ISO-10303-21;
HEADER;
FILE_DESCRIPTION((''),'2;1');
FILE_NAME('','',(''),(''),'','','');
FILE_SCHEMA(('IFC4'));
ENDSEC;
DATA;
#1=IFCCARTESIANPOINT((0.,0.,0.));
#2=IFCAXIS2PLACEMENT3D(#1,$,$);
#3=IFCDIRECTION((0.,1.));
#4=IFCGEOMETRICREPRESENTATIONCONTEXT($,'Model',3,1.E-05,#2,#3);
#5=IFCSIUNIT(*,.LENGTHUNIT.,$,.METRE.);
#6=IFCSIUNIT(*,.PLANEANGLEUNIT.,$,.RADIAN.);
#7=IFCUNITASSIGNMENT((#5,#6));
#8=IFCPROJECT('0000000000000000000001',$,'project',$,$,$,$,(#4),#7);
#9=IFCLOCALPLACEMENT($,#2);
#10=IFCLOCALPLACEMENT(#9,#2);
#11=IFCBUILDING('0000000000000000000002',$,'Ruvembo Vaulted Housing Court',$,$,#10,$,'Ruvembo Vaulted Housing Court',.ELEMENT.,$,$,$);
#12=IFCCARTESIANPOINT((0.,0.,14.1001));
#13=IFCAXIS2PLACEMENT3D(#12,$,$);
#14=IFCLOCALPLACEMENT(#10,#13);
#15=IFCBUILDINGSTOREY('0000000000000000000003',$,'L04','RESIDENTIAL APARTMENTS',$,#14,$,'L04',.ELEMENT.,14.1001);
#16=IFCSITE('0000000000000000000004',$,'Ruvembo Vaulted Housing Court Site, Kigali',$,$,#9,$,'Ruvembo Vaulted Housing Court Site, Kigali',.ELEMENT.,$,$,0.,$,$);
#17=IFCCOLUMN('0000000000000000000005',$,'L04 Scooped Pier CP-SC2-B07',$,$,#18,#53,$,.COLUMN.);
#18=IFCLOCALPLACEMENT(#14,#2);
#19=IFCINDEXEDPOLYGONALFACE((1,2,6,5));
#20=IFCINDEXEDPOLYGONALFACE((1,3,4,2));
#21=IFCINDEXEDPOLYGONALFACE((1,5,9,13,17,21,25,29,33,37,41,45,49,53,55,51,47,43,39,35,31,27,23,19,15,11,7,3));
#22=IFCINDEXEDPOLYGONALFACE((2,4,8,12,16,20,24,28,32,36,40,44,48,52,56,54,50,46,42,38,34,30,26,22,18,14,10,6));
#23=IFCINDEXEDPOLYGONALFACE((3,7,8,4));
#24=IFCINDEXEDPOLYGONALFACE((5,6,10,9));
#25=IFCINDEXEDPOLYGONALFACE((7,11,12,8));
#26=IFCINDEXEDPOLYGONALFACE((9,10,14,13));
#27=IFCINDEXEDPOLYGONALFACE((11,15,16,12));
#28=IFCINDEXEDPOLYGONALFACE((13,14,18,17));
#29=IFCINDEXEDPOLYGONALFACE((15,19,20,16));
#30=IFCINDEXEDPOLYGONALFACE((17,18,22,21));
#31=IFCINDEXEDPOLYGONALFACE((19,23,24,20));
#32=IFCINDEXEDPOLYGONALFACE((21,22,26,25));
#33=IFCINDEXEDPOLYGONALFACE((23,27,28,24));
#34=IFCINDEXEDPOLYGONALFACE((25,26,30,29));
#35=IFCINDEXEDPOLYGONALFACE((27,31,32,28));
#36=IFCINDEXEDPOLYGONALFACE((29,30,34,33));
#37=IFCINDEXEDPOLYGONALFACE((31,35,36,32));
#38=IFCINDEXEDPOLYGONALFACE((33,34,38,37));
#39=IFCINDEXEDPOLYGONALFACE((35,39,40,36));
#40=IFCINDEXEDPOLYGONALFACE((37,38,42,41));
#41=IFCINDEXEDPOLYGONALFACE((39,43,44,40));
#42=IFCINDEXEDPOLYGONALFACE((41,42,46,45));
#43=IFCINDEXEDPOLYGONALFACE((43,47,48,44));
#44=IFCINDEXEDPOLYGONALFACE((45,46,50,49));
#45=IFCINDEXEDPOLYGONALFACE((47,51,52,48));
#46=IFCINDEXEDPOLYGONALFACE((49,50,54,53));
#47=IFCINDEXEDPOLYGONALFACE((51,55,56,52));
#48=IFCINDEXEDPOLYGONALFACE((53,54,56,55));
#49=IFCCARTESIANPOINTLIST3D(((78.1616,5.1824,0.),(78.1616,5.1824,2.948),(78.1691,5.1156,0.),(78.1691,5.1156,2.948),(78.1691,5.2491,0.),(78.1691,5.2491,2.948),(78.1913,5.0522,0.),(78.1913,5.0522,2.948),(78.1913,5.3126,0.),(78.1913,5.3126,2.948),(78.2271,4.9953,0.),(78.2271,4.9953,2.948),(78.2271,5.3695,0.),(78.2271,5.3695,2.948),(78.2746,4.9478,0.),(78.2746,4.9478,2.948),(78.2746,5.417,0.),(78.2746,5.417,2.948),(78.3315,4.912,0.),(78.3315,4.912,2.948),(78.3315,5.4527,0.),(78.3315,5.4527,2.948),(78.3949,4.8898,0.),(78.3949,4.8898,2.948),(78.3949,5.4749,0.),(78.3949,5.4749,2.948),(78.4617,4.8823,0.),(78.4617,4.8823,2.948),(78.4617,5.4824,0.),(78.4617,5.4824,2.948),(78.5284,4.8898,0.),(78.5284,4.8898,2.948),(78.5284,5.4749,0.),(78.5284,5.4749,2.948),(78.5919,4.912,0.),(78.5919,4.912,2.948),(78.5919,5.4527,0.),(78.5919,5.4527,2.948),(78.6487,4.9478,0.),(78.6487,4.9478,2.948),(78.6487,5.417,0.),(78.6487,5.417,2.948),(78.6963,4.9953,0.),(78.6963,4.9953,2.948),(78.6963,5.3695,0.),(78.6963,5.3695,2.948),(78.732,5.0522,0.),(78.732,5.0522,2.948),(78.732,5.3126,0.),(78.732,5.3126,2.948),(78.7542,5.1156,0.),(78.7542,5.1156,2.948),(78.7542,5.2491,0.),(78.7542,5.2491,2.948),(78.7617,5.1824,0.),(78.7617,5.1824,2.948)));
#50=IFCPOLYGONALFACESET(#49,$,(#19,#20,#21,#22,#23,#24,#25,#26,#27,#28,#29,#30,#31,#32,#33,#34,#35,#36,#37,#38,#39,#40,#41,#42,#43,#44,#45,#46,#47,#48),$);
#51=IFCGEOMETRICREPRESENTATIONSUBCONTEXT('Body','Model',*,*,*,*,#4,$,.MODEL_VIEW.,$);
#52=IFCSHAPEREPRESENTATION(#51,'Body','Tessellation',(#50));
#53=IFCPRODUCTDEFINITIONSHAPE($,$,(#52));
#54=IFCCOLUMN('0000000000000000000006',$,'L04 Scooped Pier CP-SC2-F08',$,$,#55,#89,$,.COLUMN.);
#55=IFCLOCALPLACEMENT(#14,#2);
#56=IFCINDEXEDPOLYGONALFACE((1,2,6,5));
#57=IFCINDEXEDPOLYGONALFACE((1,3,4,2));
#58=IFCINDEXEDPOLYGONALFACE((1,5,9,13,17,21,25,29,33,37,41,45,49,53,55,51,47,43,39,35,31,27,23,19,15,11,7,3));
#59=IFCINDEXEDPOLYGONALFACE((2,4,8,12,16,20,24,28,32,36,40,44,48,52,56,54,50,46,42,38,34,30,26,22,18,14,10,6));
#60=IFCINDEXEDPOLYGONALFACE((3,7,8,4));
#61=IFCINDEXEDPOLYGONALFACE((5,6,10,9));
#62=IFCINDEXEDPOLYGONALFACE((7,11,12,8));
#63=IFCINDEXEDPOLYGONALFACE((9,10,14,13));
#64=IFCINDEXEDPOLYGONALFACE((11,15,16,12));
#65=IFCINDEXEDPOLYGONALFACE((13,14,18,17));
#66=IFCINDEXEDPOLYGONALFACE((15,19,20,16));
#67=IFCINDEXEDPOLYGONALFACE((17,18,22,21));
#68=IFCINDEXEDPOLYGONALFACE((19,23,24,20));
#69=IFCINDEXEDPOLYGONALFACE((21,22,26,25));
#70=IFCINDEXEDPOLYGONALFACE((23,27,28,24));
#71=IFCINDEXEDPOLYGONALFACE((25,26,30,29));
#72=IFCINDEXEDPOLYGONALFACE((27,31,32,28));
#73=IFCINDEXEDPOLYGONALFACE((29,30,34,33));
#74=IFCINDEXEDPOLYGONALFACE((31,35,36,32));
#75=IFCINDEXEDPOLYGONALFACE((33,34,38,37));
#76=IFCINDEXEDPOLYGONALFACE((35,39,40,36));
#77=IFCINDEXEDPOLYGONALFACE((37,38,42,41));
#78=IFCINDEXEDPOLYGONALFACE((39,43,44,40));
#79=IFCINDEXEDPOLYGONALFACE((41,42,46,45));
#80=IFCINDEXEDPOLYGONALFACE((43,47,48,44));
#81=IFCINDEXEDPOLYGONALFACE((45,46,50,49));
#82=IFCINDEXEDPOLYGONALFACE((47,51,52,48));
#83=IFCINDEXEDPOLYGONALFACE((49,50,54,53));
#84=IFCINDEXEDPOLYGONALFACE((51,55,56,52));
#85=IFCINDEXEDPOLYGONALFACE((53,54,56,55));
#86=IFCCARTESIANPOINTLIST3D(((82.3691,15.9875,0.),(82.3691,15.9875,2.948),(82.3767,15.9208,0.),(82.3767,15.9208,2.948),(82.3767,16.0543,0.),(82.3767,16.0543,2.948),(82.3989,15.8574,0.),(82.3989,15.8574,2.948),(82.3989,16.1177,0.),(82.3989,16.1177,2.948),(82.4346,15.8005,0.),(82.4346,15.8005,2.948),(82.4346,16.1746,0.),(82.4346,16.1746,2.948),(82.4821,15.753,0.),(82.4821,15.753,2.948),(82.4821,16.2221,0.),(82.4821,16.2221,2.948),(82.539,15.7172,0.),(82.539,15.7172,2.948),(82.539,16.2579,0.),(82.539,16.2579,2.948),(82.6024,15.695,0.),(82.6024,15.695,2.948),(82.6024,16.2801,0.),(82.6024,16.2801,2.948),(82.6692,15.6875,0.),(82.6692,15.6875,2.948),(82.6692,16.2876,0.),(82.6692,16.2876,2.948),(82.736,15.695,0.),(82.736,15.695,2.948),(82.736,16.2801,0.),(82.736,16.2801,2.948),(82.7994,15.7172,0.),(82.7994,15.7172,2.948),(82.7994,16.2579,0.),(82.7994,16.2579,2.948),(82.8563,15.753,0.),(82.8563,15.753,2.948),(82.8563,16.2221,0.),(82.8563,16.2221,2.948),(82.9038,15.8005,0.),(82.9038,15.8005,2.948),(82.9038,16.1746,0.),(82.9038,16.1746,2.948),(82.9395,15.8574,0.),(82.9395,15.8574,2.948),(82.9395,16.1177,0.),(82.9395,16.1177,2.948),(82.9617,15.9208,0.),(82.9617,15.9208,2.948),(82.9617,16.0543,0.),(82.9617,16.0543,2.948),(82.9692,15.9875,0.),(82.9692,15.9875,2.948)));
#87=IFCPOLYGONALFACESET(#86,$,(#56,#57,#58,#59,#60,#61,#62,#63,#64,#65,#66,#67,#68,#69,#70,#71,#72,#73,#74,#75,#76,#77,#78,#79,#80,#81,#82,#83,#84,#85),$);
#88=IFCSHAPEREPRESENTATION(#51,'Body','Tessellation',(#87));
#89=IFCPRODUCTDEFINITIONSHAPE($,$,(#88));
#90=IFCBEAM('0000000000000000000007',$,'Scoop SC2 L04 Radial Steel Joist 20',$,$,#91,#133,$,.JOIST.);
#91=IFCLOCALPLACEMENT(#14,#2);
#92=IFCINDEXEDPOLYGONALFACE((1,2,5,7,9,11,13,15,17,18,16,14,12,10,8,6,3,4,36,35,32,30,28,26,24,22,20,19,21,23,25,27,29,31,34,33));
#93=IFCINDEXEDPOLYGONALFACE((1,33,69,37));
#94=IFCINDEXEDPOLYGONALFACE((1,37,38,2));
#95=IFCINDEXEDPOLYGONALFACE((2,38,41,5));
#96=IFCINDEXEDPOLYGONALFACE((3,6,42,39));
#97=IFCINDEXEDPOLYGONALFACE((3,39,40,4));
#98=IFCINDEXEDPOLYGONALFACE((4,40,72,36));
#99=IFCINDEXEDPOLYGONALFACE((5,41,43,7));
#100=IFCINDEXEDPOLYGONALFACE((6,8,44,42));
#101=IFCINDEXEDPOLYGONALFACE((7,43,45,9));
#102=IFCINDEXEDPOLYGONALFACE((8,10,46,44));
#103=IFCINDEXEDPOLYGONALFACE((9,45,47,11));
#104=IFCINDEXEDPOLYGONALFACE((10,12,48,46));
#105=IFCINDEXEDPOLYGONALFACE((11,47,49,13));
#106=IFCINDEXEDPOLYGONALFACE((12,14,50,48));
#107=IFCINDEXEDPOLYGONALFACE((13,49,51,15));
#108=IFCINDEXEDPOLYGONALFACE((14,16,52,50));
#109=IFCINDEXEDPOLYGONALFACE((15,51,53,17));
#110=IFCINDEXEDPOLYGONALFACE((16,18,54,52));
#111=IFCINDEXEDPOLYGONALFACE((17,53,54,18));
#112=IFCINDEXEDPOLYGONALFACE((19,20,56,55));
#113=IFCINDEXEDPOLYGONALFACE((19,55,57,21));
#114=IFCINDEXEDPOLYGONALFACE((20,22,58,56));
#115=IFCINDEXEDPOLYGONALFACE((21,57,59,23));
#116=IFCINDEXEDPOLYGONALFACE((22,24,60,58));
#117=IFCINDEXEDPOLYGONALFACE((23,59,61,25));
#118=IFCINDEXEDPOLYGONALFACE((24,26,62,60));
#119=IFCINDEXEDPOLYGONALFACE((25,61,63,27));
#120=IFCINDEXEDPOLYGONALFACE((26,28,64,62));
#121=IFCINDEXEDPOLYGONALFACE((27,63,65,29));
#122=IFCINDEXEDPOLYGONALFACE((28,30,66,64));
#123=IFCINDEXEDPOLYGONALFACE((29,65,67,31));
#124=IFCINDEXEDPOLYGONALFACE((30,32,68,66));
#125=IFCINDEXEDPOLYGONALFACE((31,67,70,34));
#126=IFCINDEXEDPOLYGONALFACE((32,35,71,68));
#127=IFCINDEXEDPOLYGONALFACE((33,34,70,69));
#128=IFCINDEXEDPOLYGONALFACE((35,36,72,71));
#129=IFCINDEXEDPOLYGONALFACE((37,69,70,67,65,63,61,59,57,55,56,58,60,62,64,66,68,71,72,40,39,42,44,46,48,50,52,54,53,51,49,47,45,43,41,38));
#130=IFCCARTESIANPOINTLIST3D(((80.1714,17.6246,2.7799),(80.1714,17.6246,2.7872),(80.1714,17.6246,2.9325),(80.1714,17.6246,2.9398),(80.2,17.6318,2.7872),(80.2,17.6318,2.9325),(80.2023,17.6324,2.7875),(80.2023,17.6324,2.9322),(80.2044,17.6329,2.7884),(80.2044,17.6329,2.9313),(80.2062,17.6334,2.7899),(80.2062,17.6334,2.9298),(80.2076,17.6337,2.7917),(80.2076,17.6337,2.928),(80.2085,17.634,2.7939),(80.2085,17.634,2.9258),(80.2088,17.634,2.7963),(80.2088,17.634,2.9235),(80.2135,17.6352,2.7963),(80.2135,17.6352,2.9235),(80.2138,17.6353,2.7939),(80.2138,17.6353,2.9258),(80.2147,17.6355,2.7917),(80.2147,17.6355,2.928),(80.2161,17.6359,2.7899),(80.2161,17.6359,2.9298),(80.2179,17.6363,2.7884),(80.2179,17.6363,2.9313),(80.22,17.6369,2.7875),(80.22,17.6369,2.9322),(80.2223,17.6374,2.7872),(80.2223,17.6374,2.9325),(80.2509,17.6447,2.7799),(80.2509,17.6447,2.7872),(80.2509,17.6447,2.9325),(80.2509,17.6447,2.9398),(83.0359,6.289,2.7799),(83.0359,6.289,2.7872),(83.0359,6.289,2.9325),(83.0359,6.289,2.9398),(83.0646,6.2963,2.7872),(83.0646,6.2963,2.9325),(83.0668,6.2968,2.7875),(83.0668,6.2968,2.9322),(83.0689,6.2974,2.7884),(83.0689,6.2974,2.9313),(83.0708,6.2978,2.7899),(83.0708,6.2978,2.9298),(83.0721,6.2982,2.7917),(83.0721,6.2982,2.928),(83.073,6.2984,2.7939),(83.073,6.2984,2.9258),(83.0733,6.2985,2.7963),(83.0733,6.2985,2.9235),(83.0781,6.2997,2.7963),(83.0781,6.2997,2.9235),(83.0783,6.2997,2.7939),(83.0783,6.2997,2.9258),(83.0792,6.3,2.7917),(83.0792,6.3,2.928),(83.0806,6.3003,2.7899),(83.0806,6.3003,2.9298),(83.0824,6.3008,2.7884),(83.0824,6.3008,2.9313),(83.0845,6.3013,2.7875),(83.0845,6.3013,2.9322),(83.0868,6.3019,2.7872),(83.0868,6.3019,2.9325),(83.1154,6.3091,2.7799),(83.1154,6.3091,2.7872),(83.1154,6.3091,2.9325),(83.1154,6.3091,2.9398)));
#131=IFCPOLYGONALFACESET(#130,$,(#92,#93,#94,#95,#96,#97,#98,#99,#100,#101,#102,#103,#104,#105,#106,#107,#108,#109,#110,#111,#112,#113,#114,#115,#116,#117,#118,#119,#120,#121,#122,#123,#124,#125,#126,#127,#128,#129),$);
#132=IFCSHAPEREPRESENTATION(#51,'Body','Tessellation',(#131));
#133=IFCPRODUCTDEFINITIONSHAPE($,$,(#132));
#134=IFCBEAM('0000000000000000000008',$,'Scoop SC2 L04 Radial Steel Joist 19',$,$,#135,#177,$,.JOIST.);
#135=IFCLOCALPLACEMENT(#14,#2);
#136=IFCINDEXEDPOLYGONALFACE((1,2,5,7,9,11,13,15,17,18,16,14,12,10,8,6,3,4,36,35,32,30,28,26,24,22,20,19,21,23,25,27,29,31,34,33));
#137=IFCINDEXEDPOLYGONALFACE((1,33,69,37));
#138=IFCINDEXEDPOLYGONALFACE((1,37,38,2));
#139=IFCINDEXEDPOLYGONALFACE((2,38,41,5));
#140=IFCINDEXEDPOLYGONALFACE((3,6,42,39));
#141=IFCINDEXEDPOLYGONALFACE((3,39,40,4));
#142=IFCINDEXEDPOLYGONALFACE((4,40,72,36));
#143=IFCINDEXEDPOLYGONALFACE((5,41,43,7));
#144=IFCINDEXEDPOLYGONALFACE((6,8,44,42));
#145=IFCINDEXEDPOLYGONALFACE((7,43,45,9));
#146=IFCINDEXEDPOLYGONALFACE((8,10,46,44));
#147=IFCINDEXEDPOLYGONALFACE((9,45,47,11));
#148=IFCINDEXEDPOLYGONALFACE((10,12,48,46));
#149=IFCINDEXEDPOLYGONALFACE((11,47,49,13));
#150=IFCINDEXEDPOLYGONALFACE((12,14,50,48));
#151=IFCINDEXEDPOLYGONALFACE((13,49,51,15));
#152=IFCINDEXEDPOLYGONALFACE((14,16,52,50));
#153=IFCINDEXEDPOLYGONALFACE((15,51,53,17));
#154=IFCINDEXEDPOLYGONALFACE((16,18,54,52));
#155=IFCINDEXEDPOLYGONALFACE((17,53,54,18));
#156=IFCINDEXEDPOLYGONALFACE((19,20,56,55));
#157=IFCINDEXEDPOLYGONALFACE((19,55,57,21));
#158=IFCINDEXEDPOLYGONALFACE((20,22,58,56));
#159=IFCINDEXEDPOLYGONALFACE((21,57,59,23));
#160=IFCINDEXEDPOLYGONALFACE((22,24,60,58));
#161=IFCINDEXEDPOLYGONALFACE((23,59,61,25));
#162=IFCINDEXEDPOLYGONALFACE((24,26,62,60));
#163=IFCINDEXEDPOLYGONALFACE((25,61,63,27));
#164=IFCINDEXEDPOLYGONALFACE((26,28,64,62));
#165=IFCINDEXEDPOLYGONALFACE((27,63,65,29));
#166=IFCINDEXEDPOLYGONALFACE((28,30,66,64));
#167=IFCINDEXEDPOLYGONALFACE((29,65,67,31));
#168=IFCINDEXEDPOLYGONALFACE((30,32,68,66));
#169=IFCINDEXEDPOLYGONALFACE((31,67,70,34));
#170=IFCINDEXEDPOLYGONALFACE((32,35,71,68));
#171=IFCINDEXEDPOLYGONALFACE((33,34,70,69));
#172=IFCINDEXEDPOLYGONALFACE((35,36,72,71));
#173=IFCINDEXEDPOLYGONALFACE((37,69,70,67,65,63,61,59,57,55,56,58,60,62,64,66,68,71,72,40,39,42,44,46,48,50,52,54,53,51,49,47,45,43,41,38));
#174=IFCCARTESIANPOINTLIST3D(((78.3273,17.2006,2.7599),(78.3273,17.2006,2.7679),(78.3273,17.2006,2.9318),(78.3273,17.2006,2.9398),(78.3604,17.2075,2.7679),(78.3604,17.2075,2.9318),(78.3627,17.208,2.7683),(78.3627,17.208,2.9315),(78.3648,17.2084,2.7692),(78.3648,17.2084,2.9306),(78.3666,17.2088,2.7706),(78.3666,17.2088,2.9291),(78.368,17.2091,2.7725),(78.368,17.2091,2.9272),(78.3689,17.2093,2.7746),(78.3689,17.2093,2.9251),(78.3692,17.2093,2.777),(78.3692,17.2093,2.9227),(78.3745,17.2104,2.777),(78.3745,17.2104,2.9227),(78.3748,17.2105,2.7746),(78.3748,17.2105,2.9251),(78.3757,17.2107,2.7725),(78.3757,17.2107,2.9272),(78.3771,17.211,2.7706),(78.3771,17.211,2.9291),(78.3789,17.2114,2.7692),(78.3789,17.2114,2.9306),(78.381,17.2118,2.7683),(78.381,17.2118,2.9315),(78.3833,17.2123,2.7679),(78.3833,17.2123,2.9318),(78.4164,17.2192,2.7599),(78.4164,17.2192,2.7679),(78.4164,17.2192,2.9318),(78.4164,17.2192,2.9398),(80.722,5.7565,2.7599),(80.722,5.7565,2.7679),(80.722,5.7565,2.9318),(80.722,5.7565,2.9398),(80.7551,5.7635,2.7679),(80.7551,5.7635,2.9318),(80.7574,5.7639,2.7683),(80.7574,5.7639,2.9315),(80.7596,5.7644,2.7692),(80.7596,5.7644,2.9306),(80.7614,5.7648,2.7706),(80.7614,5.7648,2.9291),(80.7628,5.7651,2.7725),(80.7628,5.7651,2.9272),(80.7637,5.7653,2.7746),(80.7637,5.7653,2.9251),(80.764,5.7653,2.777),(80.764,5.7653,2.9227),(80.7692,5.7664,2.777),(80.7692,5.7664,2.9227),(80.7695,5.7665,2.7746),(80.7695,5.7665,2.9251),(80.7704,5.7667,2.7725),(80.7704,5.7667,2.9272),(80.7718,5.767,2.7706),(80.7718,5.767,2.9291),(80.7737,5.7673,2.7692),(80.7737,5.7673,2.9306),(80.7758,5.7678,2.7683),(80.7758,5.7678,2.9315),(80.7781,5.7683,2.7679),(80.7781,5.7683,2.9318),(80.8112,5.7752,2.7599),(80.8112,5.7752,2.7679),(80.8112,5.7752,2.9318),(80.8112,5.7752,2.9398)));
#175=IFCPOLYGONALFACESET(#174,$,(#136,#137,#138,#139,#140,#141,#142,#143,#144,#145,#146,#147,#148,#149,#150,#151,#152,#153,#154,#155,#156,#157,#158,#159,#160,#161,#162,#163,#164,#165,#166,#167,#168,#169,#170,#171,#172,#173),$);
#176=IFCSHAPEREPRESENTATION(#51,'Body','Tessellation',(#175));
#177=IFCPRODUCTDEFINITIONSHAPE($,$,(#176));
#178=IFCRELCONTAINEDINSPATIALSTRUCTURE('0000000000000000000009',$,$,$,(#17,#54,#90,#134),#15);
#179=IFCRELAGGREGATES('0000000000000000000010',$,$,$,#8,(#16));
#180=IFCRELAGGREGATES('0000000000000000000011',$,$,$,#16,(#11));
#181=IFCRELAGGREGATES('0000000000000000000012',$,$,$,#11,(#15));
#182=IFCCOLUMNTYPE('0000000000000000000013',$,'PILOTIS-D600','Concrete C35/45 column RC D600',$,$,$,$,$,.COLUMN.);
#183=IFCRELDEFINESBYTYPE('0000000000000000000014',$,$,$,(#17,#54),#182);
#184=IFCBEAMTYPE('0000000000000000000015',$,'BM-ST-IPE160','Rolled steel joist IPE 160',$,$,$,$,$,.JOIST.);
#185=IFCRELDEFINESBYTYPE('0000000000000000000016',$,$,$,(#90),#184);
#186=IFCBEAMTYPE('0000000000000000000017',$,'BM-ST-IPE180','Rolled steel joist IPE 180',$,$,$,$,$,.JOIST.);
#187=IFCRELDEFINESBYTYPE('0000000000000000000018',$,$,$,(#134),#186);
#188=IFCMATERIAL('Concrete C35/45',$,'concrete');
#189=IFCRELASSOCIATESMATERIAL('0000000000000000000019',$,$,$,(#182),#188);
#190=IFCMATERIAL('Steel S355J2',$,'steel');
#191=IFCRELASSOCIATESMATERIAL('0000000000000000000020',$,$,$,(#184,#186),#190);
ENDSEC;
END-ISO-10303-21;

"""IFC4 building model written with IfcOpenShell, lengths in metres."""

from ifc_helpers import new_model, si_unit, direction, frame, origin, origin_2d, place, context, subcontext, project, spatial, circle, i_section, extrude, material, material_profile, profile_set, type_object, element, save


model = new_model("IFC4")

# Units and contexts
model_context = context("Model", 3, precision=1e-05, world=origin(), true_north=direction((0.0, 1.0)))
body_context = subcontext(model_context, "Body", "Model", "MODEL_VIEW")
ifc_project = project(units=[si_unit("LENGTHUNIT", "METRE"), si_unit("PLANEANGLEUNIT", "RADIAN")], contexts=[model_context])

# Site, building, storey
site_placement = place(None, origin())
site = spatial("IfcSite", under=ifc_project, at=site_placement, Name="Ruvembo Vaulted Housing Court Site, Kigali", LongName="Ruvembo Vaulted Housing Court Site, Kigali", CompositionType="ELEMENT", RefElevation=0.0)
building_placement = place(site_placement, origin())
building = spatial("IfcBuilding", under=site, at=building_placement, Name="Ruvembo Vaulted Housing Court", LongName="Ruvembo Vaulted Housing Court", CompositionType="ELEMENT")
storey_placement = place(building_placement, frame((0.0, 0.0, 14.1001)))
storey = spatial("IfcBuildingStorey", under=building, at=storey_placement, Name="L04", Description="RESIDENTIAL APARTMENTS", LongName="L04", CompositionType="ELEMENT", Elevation=14.1001)

# Columns
ifc_material_1 = material(Name="Concrete C35/45", Category="concrete")
ifc_material_profile_1 = material_profile(ifc_material_1, circle(Radius=0.3, at=origin_2d()), Name="RC D600")
ifc_profile_set_1 = profile_set([ifc_material_profile_1], Name="Concrete C35/45")
column_type = type_object("IfcColumnType", Name="PILOTIS-D600", Description="Concrete C35/45 column RC D600", PredefinedType="COLUMN", material=ifc_profile_set_1)
for number, where, z_axis, x_axis, name in (
    (1, (78.4617, 5.1824, 0.0), (0.0, 0.0, 1.0), (1.0, 0.0, 0.0), "L04 Scooped Pier CP-SC2-B07"),
    (2, (82.6692, 15.9875, 0.0), (0.0, 0.0, 1.0), (1.0, 0.0, 0.0), "L04 Scooped Pier CP-SC2-F08"),
):
    element("IfcColumn", number, at=place(storey_placement, frame(where, z_axis=z_axis, x_axis=x_axis)), inside=storey, type_object=column_type, Name=name, PredefinedType="COLUMN", context=body_context, shape_type="SweptSolid", body=[
        extrude(circle(Radius=0.3, at=origin_2d()), origin(), (0.0, 0.0, 1.0), 2.948),
    ])

# Beams
ifc_material_2 = material(Name="Steel S355J2", Category="steel")
ifc_material_profile_2 = material_profile(ifc_material_2, i_section(OverallWidth=0.082, OverallDepth=0.1599, WebThickness=0.0049, FlangeThickness=0.0073, FilletRadius=0.009, at=origin_2d()), Name="IPE 160")
ifc_profile_set_2 = profile_set([ifc_material_profile_2], Name="Steel S355J2")
beam_type_1 = type_object("IfcBeamType", Name="BM-ST-IPE160", Description="Rolled steel joist IPE 160", PredefinedType="JOIST", material=ifc_profile_set_2)
beam_1_placement = place(storey_placement, frame((83.0757, 6.2991, 2.8599), z_axis=(-0.245001, 0.969523, 0.0), x_axis=(-0.969523, -0.245001, 0.0)))
element("IfcBeam", 3, at=beam_1_placement, inside=storey, type_object=beam_type_1, Name="Scoop SC2 L04 Radial Steel Joist 20", PredefinedType="JOIST", context=body_context, shape_type="SweptSolid", body=[
    extrude(i_section(OverallWidth=0.082, OverallDepth=0.1599, WebThickness=0.0049, FlangeThickness=0.0073, FilletRadius=0.009, at=origin_2d()), origin(), (0.0, 0.0, 1.0), 11.6919),
])
ifc_material_profile_3 = material_profile(ifc_material_2, i_section(OverallWidth=0.0911, OverallDepth=0.1799, WebThickness=0.0054, FlangeThickness=0.0081, FilletRadius=0.009, at=origin_2d()), Name="IPE 180")
ifc_profile_set_3 = profile_set([ifc_material_profile_3], Name="Steel S355J2")
beam_type_2 = type_object("IfcBeamType", Name="BM-ST-IPE180", Description="Rolled steel joist IPE 180", PredefinedType="JOIST", material=ifc_profile_set_3)
beam_2_placement = place(storey_placement, frame((80.7666, 5.7659, 2.8499), z_axis=(-0.204822, 0.978799, 0.0), x_axis=(-0.978799, -0.204822, 0.0)))
element("IfcBeam", 4, at=beam_2_placement, inside=storey, type_object=beam_type_2, Name="Scoop SC2 L04 Radial Steel Joist 19", PredefinedType="JOIST", context=body_context, shape_type="SweptSolid", body=[
    extrude(i_section(OverallWidth=0.0911, OverallDepth=0.1799, WebThickness=0.0054, FlangeThickness=0.0081, FilletRadius=0.009, at=origin_2d()), origin(), (0.0, 0.0, 1.0), 11.6919),
])

save(model, "model.ifc")
